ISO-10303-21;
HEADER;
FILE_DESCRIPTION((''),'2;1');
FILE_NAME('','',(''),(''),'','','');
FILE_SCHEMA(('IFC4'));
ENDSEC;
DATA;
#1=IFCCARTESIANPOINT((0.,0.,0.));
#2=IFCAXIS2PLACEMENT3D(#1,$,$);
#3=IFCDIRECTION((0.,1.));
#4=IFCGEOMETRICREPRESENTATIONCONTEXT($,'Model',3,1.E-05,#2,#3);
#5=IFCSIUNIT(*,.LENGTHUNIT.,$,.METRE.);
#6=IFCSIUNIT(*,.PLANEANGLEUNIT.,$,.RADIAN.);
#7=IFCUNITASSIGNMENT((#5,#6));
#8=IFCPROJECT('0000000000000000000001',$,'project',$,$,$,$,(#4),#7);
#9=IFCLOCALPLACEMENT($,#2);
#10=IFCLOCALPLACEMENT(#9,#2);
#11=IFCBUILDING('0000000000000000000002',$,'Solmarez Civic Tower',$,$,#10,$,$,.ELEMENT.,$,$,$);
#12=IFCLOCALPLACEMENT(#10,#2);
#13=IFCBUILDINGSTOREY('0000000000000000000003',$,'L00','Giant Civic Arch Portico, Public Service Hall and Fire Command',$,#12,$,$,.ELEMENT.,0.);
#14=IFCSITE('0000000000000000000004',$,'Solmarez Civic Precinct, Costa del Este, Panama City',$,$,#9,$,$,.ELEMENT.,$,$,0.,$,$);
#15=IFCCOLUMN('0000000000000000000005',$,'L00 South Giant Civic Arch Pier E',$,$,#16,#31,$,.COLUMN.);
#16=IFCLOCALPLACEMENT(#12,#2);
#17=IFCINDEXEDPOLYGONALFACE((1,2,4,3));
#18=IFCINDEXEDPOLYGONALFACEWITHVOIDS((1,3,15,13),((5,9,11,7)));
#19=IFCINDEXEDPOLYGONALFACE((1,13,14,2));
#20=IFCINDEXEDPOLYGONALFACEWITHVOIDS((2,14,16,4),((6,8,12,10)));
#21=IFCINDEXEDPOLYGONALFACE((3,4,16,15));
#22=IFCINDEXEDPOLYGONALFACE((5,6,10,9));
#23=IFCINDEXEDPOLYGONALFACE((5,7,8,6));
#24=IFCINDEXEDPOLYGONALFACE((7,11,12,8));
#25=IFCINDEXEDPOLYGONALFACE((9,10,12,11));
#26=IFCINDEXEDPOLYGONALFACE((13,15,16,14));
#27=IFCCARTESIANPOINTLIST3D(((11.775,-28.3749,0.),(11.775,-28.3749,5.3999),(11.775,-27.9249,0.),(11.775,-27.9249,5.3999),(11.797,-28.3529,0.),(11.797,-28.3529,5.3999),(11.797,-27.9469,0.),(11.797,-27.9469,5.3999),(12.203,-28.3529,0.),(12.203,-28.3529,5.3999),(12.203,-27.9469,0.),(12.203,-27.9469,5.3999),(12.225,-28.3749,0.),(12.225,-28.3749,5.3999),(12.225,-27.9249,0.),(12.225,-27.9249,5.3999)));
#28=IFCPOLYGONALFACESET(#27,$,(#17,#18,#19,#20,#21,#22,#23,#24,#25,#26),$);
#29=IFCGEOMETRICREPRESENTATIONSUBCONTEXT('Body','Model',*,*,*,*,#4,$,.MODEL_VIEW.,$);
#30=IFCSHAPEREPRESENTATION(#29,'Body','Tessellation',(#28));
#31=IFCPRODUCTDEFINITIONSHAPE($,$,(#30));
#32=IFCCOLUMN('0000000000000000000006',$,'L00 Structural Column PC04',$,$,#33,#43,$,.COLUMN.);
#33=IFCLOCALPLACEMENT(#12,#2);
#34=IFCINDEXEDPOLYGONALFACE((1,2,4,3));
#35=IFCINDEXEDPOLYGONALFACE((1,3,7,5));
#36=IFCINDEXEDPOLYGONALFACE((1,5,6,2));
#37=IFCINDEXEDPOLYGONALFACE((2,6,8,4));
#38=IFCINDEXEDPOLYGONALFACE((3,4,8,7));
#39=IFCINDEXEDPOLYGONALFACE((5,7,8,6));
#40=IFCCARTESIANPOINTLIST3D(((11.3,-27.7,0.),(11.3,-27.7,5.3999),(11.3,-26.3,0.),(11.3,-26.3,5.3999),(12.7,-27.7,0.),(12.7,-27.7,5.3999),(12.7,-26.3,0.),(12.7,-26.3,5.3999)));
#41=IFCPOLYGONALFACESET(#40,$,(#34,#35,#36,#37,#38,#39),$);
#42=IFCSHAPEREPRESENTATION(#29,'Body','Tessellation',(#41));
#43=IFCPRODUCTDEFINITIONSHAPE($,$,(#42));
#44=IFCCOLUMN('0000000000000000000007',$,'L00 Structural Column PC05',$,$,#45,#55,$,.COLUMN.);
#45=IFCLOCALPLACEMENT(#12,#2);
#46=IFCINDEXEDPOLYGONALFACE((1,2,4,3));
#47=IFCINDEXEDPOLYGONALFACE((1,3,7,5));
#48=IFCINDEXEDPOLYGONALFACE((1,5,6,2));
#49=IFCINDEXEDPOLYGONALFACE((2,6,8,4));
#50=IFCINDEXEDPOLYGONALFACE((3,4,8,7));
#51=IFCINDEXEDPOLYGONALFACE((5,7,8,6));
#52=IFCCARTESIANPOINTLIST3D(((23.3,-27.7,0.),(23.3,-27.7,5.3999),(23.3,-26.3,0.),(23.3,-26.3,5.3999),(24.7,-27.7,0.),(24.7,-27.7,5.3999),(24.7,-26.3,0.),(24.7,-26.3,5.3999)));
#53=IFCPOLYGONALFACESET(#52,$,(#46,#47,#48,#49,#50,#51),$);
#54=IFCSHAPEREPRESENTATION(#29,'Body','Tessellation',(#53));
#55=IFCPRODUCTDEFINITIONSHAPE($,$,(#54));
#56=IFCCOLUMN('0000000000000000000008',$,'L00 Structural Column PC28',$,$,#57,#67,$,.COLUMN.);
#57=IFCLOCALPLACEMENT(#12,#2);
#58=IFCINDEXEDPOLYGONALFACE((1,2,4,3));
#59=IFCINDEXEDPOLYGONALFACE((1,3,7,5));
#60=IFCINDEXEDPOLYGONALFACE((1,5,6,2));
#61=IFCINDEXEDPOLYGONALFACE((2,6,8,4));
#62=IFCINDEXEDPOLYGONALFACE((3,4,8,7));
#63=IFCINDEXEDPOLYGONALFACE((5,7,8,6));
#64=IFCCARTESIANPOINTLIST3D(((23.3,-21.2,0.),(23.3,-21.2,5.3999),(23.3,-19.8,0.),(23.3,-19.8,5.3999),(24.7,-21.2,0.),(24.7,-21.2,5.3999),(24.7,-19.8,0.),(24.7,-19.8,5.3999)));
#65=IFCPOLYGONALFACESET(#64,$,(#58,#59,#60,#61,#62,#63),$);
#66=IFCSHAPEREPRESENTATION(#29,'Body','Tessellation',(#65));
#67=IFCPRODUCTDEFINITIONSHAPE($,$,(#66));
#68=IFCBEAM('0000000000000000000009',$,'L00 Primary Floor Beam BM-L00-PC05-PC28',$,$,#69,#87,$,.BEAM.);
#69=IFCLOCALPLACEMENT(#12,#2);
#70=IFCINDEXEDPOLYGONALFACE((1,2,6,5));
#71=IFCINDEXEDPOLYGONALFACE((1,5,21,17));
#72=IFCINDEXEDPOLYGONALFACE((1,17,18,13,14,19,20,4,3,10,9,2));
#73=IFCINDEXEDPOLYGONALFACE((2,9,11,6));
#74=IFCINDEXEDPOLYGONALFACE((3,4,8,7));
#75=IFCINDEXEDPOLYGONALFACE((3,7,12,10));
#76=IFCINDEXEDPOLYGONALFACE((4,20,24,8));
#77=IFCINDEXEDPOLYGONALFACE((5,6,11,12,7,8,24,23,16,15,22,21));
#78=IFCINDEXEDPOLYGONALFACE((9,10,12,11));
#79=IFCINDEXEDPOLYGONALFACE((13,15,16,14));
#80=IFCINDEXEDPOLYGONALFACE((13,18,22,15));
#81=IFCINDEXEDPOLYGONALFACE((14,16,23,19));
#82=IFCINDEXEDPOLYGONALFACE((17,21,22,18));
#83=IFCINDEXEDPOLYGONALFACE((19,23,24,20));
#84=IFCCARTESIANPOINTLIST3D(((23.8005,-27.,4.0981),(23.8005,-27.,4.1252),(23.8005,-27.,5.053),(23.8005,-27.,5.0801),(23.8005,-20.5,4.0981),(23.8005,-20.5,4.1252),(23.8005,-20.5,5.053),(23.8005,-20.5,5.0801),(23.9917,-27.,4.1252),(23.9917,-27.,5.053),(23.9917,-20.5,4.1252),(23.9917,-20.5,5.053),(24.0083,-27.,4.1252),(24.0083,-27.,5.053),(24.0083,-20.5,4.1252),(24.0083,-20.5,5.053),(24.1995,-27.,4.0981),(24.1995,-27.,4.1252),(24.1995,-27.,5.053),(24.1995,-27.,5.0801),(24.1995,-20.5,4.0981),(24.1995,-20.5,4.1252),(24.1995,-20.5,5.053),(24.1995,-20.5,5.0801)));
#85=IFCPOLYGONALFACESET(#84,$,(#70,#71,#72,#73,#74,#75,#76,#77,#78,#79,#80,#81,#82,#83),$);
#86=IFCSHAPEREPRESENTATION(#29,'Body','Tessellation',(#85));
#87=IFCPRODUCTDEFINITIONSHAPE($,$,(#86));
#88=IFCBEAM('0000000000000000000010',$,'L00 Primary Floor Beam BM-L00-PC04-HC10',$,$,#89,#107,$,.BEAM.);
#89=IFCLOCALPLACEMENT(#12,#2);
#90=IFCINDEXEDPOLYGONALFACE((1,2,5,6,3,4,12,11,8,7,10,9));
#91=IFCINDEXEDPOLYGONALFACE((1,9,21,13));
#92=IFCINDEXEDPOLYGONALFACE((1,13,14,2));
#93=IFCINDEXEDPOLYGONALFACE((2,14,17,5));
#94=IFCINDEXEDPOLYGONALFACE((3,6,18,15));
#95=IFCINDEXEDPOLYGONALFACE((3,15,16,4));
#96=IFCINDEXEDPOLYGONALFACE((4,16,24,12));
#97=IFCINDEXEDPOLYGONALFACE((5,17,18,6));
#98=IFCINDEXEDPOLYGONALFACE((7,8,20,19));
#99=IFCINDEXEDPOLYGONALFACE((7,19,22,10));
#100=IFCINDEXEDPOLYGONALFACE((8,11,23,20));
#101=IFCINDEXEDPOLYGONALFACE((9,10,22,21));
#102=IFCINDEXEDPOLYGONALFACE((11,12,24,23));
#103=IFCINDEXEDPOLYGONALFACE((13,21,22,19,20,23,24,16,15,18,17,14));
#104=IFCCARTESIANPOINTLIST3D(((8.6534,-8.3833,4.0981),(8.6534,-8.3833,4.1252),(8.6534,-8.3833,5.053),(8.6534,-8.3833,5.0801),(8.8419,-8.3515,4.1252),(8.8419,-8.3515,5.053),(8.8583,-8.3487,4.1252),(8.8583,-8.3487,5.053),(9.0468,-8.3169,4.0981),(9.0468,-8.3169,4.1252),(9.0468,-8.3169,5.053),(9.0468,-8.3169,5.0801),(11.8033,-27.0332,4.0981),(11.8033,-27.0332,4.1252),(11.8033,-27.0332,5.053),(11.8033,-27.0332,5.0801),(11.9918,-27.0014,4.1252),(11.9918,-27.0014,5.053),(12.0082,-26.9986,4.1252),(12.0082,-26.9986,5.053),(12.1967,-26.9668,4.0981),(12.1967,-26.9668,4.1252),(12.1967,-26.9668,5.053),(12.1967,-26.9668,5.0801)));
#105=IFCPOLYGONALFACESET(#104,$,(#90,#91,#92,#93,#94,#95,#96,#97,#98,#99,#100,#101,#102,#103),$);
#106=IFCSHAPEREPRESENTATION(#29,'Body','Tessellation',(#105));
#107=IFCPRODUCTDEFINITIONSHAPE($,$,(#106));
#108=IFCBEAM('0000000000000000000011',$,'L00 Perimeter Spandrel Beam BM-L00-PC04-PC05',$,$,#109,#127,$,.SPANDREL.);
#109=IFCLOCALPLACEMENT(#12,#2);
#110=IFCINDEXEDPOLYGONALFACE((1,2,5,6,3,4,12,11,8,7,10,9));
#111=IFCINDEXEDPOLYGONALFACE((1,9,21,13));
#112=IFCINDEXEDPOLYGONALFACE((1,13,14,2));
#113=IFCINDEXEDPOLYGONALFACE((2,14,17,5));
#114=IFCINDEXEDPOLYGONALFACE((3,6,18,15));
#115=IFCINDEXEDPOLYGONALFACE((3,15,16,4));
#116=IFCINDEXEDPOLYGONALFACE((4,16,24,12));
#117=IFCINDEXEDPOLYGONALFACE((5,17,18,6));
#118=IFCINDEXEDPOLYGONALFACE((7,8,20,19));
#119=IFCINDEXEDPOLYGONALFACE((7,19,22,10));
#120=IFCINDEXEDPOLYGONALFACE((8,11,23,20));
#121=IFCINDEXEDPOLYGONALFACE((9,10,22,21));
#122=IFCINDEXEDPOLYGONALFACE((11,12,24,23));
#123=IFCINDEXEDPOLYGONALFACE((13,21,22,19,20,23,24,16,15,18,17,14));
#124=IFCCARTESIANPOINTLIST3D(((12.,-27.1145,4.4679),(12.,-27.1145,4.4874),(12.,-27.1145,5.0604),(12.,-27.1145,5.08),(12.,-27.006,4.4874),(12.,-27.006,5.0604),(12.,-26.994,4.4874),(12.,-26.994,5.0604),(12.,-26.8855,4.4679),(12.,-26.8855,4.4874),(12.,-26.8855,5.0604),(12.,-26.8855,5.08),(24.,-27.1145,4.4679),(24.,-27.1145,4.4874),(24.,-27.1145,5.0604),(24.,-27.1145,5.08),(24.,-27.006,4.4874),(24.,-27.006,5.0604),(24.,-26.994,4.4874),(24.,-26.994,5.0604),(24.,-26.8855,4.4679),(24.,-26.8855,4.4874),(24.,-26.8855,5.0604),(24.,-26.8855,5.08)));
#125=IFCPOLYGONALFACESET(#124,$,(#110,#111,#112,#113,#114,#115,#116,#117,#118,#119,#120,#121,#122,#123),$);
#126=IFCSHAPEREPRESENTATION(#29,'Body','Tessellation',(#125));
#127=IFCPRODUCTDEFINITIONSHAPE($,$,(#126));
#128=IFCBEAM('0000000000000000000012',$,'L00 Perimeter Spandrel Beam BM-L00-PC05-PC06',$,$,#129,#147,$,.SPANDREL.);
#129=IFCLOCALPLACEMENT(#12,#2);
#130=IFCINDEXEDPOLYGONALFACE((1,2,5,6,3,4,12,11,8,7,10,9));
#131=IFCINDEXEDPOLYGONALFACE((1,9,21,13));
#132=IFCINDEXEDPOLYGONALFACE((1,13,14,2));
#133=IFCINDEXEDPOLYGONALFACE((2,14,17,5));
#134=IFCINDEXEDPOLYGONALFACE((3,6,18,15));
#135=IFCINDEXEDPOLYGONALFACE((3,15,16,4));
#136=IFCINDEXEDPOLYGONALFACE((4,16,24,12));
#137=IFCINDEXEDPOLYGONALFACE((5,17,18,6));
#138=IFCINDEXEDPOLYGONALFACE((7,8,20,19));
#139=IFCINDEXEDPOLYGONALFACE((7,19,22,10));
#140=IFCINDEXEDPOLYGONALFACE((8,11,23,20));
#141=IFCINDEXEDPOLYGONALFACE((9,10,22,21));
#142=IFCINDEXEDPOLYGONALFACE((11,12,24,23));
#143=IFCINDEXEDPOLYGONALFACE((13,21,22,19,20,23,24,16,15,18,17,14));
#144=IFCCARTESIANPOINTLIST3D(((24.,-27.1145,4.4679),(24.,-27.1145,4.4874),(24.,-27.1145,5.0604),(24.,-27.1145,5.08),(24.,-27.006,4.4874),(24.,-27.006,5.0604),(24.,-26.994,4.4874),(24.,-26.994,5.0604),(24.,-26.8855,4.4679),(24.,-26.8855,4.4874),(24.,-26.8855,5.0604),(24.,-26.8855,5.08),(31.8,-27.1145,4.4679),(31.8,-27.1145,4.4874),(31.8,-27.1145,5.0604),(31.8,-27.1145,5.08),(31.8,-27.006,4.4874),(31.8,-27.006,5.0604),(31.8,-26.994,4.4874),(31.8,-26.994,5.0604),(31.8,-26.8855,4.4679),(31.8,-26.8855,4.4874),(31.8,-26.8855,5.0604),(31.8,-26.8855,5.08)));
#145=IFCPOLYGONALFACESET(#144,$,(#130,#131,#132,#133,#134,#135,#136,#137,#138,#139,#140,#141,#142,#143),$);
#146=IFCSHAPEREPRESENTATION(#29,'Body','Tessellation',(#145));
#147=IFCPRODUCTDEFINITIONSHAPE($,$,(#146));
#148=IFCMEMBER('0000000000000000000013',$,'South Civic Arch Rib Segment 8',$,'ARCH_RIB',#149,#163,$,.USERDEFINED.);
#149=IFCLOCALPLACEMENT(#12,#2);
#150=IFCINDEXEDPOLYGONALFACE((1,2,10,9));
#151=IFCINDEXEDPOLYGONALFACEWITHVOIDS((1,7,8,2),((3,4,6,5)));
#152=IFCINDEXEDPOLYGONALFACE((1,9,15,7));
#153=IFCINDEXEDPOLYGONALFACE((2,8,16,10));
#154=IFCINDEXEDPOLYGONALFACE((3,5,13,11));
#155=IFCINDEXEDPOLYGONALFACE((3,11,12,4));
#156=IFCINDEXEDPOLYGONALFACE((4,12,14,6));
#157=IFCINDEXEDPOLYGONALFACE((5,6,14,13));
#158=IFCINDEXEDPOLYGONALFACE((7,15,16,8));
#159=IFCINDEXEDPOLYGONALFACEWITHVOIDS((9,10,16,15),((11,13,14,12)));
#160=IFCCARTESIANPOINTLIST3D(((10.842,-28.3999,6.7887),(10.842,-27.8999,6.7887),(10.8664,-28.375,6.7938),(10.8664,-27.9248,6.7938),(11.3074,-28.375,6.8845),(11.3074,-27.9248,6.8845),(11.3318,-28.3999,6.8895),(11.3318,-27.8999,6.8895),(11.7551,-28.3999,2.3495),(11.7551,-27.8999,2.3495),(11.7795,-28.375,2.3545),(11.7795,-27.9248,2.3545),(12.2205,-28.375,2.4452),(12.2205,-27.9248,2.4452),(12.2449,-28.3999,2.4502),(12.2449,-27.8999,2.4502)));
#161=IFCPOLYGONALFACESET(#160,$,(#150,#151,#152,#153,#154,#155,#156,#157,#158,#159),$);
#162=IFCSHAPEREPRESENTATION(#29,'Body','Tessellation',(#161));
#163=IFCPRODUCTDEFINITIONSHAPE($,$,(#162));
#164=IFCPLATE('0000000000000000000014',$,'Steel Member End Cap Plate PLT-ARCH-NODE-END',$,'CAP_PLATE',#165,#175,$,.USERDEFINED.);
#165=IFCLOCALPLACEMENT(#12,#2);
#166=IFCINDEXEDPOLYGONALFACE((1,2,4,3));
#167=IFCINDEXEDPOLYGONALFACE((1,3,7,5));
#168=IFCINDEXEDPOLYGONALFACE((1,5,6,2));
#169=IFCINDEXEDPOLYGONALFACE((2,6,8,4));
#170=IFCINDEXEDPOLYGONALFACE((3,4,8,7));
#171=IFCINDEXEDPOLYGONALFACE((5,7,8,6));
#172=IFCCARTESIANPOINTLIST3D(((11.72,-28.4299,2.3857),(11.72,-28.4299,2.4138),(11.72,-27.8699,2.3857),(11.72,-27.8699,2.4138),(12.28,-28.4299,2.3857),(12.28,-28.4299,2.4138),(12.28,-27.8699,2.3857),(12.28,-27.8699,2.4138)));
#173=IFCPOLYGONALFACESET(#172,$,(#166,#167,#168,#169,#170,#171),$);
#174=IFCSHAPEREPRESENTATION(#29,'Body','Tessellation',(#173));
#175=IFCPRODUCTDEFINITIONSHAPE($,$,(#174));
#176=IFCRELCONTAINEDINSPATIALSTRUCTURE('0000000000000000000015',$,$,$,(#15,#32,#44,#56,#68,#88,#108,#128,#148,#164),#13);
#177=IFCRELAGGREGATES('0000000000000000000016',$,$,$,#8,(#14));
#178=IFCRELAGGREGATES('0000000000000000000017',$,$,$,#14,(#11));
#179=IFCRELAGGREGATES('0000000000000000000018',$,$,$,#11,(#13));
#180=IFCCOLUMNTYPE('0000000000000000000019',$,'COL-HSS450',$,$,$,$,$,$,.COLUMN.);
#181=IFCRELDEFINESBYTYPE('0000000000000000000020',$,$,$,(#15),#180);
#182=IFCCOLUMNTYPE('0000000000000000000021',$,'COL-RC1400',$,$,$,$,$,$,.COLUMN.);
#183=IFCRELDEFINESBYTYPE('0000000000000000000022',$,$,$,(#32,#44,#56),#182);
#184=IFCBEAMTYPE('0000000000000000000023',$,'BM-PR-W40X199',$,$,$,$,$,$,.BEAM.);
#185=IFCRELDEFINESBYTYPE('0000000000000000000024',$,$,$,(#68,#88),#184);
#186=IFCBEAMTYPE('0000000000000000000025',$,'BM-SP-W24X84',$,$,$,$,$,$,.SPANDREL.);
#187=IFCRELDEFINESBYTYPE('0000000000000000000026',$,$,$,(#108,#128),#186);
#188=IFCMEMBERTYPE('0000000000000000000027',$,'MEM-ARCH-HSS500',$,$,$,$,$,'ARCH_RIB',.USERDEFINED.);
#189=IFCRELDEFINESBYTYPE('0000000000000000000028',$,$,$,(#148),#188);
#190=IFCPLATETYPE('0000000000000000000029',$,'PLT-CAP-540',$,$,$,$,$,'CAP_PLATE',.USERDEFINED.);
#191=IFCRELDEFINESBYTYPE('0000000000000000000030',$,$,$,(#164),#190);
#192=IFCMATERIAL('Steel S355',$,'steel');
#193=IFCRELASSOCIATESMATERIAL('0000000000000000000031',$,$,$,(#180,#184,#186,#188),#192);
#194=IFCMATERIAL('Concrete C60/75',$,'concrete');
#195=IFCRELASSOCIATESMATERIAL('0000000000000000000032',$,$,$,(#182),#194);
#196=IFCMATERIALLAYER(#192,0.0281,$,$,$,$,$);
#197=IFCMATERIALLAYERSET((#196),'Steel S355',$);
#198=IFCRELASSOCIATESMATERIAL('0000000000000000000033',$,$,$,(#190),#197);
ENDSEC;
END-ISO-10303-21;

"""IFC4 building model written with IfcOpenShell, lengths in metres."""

from ifc_helpers import new_model, si_unit, direction, frame, origin, origin_2d, place, context, subcontext, project, spatial, rectangle, hollow_rectangle, i_section, extrude, material, layer, layer_set, material_profile, profile_set, type_object, element, save


model = new_model("IFC4")

# Units and contexts
model_context = context("Model", 3, precision=1e-05, world=origin(), true_north=direction((0.0, 1.0)))
body_context = subcontext(model_context, "Body", "Model", "MODEL_VIEW")
ifc_project = project(units=[si_unit("LENGTHUNIT", "METRE"), si_unit("PLANEANGLEUNIT", "RADIAN")], contexts=[model_context])

# Site, building, storey
site_placement = place(None, origin())
site = spatial("IfcSite", under=ifc_project, at=site_placement, Name="Solmarez Civic Precinct, Costa del Este, Panama City", CompositionType="ELEMENT", RefElevation=0.0)
building_placement = place(site_placement, origin())
building = spatial("IfcBuilding", under=site, at=building_placement, Name="Solmarez Civic Tower", CompositionType="ELEMENT")
storey_placement = place(building_placement, origin())
storey = spatial("IfcBuildingStorey", under=building, at=storey_placement, Name="L00", Description="Giant Civic Arch Portico, Public Service Hall and Fire Command", CompositionType="ELEMENT", Elevation=0.0)

# Columns
ifc_material_1 = material(Name="Steel S355", Category="steel")
ifc_material_profile_1 = material_profile(ifc_material_1, hollow_rectangle(XDim=0.45, YDim=0.45, WallThickness=0.022, at=origin_2d()), Name="HSS450X450X22")
ifc_profile_set_1 = profile_set([ifc_material_profile_1], Name="Steel S355")
column_type_1 = type_object("IfcColumnType", Name="COL-HSS450", PredefinedType="COLUMN", material=ifc_profile_set_1)
column_placement = place(storey_placement, frame((12.0, -28.1499, 0.0), z_axis=(0.0, 0.0, 1.0), x_axis=(1.0, 0.0, 0.0)))
element("IfcColumn", 1, at=column_placement, inside=storey, type_object=column_type_1, Name="L00 South Giant Civic Arch Pier E", PredefinedType="COLUMN", context=body_context, shape_type="SweptSolid", body=[
    extrude(hollow_rectangle(XDim=0.45, YDim=0.45, WallThickness=0.022, at=origin_2d()), origin(), (0.0, 0.0, 1.0), 5.3999),
])
ifc_material_2 = material(Name="Concrete C60/75", Category="concrete")
ifc_material_profile_2 = material_profile(ifc_material_2, rectangle(XDim=1.3999, YDim=1.3999, at=origin_2d()), Name="RC1400X1400")
ifc_profile_set_2 = profile_set([ifc_material_profile_2], Name="Concrete C60/75")
column_type_2 = type_object("IfcColumnType", Name="COL-RC1400", PredefinedType="COLUMN", material=ifc_profile_set_2)
for number, where, z_axis, x_axis, name in (
    (2, (12.0, -27.0, 0.0), (0.0, 0.0, 1.0), (1.0, 0.0, 0.0), "L00 Structural Column PC04"),
    (3, (24.0, -27.0, 0.0), (0.0, 0.0, 1.0), (1.0, 0.0, 0.0), "L00 Structural Column PC05"),
    (4, (24.0, -20.5, 0.0), (0.0, 0.0, 1.0), (1.0, 0.0, 0.0), "L00 Structural Column PC28"),
):
    element("IfcColumn", number, at=place(storey_placement, frame(where, z_axis=z_axis, x_axis=x_axis)), inside=storey, type_object=column_type_2, Name=name, PredefinedType="COLUMN", context=body_context, shape_type="SweptSolid", body=[
        extrude(rectangle(XDim=1.3999, YDim=1.3999, at=origin_2d()), origin(), (0.0, 0.0, 1.0), 5.3999),
    ])

# Beams
ifc_material_profile_3 = material_profile(ifc_material_1, i_section(OverallWidth=0.3989, OverallDepth=0.9819, WebThickness=0.0166, FlangeThickness=0.0271, at=origin_2d()), Name="W40X199")
ifc_profile_set_3 = profile_set([ifc_material_profile_3], Name="Steel S355")
beam_type_1 = type_object("IfcBeamType", Name="BM-PR-W40X199", PredefinedType="BEAM", material=ifc_profile_set_3)
beam_1_placement = place(storey_placement, frame((24.0, -27.0, 4.5891), z_axis=(0.0, 1.0, 0.0), x_axis=(-1.0, 0.0, 0.0)))
element("IfcBeam", 5, at=beam_1_placement, inside=storey, type_object=beam_type_1, Name="L00 Primary Floor Beam BM-L00-PC05-PC28", PredefinedType="BEAM", context=body_context, shape_type="SweptSolid", body=[
    extrude(i_section(OverallWidth=0.3989, OverallDepth=0.9819, WebThickness=0.0166, FlangeThickness=0.0271, at=origin_2d()), origin(), (0.0, 0.0, 1.0), 6.5),
])
beam_2_placement = place(storey_placement, frame((12.0, -27.0, 4.5891), z_axis=(-0.166538, 0.986035, 0.0), x_axis=(-0.986035, -0.166538, 0.0)))
element("IfcBeam", 6, at=beam_2_placement, inside=storey, type_object=beam_type_1, Name="L00 Primary Floor Beam BM-L00-PC04-HC10", PredefinedType="BEAM", context=body_context, shape_type="SweptSolid", body=[
    extrude(i_section(OverallWidth=0.3989, OverallDepth=0.9819, WebThickness=0.0166, FlangeThickness=0.0271, at=origin_2d()), origin(), (0.0, 0.0, 1.0), 18.9141),
])
ifc_material_profile_4 = material_profile(ifc_material_1, i_section(OverallWidth=0.229, OverallDepth=0.6121, WebThickness=0.012, FlangeThickness=0.0195, at=origin_2d()), Name="W24X84")
ifc_profile_set_4 = profile_set([ifc_material_profile_4], Name="Steel S355")
beam_type_2 = type_object("IfcBeamType", Name="BM-SP-W24X84", PredefinedType="SPANDREL", material=ifc_profile_set_4)
beam_3_placement = place(storey_placement, frame((12.0, -27.0, 4.7739), z_axis=(1.0, 0.0, 0.0), x_axis=(0.0, 1.0, 0.0)))
element("IfcBeam", 7, at=beam_3_placement, inside=storey, type_object=beam_type_2, Name="L00 Perimeter Spandrel Beam BM-L00-PC04-PC05", PredefinedType="SPANDREL", context=body_context, shape_type="SweptSolid", body=[
    extrude(i_section(OverallWidth=0.229, OverallDepth=0.6121, WebThickness=0.012, FlangeThickness=0.0195, at=origin_2d()), origin(), (0.0, 0.0, 1.0), 12.0),
])
beam_4_placement = place(storey_placement, frame((24.0, -27.0, 4.7739), z_axis=(1.0, 0.0, 0.0), x_axis=(0.0, 1.0, 0.0)))
element("IfcBeam", 8, at=beam_4_placement, inside=storey, type_object=beam_type_2, Name="L00 Perimeter Spandrel Beam BM-L00-PC05-PC06", PredefinedType="SPANDREL", context=body_context, shape_type="SweptSolid", body=[
    extrude(i_section(OverallWidth=0.229, OverallDepth=0.6121, WebThickness=0.012, FlangeThickness=0.0195, at=origin_2d()), origin(), (0.0, 0.0, 1.0), 7.8),
])

# Member
ifc_material_profile_5 = material_profile(ifc_material_1, hollow_rectangle(XDim=0.5, YDim=0.5, WallThickness=0.0249, at=origin_2d()), Name="HSS500X500X25")
ifc_profile_set_5 = profile_set([ifc_material_profile_5], Name="Steel S355")
member_type = type_object("IfcMemberType", Name="MEM-ARCH-HSS500", ElementType="ARCH_RIB", PredefinedType="USERDEFINED", material=ifc_profile_set_5)
member_placement = place(storey_placement, frame((11.0869, -28.1499, 6.8391), z_axis=(0.201469, 0.0, -0.979495), x_axis=(0.0, 1.0, 0.0)))
element("IfcMember", 9, at=member_placement, inside=storey, type_object=member_type, Name="South Civic Arch Rib Segment 8", ObjectType="ARCH_RIB", PredefinedType="USERDEFINED", context=body_context, shape_type="SweptSolid", body=[
    extrude(hollow_rectangle(XDim=0.5, YDim=0.5, WallThickness=0.0249, at=origin_2d()), origin(), (0.0, 0.0, 1.0), 4.5322),
])

# Plate
ifc_layer_1 = layer(ifc_material_1, 0.0281)
ifc_layer_set_1 = layer_set([ifc_layer_1], Name="Steel S355")
plate_type_1 = type_object("IfcPlateType", Name="PLT-CAP-540", ElementType="CAP_PLATE", PredefinedType="USERDEFINED", material=ifc_layer_set_1)
plate_1_placement = place(storey_placement, frame((12.0, -28.1499, 2.3857), z_axis=(0.0, 0.0, 1.0), x_axis=(1.0, 0.0, 0.0)))
element("IfcPlate", 10, at=plate_1_placement, inside=storey, type_object=plate_type_1, Name="Steel Member End Cap Plate PLT-ARCH-NODE-END", ObjectType="CAP_PLATE", PredefinedType="USERDEFINED", context=body_context, shape_type="SweptSolid", body=[
    extrude(rectangle(XDim=0.5601, YDim=0.5601, at=origin_2d()), origin(), (0.0, 0.0, 1.0), 0.0281),
])

save(model, "model.ifc")
